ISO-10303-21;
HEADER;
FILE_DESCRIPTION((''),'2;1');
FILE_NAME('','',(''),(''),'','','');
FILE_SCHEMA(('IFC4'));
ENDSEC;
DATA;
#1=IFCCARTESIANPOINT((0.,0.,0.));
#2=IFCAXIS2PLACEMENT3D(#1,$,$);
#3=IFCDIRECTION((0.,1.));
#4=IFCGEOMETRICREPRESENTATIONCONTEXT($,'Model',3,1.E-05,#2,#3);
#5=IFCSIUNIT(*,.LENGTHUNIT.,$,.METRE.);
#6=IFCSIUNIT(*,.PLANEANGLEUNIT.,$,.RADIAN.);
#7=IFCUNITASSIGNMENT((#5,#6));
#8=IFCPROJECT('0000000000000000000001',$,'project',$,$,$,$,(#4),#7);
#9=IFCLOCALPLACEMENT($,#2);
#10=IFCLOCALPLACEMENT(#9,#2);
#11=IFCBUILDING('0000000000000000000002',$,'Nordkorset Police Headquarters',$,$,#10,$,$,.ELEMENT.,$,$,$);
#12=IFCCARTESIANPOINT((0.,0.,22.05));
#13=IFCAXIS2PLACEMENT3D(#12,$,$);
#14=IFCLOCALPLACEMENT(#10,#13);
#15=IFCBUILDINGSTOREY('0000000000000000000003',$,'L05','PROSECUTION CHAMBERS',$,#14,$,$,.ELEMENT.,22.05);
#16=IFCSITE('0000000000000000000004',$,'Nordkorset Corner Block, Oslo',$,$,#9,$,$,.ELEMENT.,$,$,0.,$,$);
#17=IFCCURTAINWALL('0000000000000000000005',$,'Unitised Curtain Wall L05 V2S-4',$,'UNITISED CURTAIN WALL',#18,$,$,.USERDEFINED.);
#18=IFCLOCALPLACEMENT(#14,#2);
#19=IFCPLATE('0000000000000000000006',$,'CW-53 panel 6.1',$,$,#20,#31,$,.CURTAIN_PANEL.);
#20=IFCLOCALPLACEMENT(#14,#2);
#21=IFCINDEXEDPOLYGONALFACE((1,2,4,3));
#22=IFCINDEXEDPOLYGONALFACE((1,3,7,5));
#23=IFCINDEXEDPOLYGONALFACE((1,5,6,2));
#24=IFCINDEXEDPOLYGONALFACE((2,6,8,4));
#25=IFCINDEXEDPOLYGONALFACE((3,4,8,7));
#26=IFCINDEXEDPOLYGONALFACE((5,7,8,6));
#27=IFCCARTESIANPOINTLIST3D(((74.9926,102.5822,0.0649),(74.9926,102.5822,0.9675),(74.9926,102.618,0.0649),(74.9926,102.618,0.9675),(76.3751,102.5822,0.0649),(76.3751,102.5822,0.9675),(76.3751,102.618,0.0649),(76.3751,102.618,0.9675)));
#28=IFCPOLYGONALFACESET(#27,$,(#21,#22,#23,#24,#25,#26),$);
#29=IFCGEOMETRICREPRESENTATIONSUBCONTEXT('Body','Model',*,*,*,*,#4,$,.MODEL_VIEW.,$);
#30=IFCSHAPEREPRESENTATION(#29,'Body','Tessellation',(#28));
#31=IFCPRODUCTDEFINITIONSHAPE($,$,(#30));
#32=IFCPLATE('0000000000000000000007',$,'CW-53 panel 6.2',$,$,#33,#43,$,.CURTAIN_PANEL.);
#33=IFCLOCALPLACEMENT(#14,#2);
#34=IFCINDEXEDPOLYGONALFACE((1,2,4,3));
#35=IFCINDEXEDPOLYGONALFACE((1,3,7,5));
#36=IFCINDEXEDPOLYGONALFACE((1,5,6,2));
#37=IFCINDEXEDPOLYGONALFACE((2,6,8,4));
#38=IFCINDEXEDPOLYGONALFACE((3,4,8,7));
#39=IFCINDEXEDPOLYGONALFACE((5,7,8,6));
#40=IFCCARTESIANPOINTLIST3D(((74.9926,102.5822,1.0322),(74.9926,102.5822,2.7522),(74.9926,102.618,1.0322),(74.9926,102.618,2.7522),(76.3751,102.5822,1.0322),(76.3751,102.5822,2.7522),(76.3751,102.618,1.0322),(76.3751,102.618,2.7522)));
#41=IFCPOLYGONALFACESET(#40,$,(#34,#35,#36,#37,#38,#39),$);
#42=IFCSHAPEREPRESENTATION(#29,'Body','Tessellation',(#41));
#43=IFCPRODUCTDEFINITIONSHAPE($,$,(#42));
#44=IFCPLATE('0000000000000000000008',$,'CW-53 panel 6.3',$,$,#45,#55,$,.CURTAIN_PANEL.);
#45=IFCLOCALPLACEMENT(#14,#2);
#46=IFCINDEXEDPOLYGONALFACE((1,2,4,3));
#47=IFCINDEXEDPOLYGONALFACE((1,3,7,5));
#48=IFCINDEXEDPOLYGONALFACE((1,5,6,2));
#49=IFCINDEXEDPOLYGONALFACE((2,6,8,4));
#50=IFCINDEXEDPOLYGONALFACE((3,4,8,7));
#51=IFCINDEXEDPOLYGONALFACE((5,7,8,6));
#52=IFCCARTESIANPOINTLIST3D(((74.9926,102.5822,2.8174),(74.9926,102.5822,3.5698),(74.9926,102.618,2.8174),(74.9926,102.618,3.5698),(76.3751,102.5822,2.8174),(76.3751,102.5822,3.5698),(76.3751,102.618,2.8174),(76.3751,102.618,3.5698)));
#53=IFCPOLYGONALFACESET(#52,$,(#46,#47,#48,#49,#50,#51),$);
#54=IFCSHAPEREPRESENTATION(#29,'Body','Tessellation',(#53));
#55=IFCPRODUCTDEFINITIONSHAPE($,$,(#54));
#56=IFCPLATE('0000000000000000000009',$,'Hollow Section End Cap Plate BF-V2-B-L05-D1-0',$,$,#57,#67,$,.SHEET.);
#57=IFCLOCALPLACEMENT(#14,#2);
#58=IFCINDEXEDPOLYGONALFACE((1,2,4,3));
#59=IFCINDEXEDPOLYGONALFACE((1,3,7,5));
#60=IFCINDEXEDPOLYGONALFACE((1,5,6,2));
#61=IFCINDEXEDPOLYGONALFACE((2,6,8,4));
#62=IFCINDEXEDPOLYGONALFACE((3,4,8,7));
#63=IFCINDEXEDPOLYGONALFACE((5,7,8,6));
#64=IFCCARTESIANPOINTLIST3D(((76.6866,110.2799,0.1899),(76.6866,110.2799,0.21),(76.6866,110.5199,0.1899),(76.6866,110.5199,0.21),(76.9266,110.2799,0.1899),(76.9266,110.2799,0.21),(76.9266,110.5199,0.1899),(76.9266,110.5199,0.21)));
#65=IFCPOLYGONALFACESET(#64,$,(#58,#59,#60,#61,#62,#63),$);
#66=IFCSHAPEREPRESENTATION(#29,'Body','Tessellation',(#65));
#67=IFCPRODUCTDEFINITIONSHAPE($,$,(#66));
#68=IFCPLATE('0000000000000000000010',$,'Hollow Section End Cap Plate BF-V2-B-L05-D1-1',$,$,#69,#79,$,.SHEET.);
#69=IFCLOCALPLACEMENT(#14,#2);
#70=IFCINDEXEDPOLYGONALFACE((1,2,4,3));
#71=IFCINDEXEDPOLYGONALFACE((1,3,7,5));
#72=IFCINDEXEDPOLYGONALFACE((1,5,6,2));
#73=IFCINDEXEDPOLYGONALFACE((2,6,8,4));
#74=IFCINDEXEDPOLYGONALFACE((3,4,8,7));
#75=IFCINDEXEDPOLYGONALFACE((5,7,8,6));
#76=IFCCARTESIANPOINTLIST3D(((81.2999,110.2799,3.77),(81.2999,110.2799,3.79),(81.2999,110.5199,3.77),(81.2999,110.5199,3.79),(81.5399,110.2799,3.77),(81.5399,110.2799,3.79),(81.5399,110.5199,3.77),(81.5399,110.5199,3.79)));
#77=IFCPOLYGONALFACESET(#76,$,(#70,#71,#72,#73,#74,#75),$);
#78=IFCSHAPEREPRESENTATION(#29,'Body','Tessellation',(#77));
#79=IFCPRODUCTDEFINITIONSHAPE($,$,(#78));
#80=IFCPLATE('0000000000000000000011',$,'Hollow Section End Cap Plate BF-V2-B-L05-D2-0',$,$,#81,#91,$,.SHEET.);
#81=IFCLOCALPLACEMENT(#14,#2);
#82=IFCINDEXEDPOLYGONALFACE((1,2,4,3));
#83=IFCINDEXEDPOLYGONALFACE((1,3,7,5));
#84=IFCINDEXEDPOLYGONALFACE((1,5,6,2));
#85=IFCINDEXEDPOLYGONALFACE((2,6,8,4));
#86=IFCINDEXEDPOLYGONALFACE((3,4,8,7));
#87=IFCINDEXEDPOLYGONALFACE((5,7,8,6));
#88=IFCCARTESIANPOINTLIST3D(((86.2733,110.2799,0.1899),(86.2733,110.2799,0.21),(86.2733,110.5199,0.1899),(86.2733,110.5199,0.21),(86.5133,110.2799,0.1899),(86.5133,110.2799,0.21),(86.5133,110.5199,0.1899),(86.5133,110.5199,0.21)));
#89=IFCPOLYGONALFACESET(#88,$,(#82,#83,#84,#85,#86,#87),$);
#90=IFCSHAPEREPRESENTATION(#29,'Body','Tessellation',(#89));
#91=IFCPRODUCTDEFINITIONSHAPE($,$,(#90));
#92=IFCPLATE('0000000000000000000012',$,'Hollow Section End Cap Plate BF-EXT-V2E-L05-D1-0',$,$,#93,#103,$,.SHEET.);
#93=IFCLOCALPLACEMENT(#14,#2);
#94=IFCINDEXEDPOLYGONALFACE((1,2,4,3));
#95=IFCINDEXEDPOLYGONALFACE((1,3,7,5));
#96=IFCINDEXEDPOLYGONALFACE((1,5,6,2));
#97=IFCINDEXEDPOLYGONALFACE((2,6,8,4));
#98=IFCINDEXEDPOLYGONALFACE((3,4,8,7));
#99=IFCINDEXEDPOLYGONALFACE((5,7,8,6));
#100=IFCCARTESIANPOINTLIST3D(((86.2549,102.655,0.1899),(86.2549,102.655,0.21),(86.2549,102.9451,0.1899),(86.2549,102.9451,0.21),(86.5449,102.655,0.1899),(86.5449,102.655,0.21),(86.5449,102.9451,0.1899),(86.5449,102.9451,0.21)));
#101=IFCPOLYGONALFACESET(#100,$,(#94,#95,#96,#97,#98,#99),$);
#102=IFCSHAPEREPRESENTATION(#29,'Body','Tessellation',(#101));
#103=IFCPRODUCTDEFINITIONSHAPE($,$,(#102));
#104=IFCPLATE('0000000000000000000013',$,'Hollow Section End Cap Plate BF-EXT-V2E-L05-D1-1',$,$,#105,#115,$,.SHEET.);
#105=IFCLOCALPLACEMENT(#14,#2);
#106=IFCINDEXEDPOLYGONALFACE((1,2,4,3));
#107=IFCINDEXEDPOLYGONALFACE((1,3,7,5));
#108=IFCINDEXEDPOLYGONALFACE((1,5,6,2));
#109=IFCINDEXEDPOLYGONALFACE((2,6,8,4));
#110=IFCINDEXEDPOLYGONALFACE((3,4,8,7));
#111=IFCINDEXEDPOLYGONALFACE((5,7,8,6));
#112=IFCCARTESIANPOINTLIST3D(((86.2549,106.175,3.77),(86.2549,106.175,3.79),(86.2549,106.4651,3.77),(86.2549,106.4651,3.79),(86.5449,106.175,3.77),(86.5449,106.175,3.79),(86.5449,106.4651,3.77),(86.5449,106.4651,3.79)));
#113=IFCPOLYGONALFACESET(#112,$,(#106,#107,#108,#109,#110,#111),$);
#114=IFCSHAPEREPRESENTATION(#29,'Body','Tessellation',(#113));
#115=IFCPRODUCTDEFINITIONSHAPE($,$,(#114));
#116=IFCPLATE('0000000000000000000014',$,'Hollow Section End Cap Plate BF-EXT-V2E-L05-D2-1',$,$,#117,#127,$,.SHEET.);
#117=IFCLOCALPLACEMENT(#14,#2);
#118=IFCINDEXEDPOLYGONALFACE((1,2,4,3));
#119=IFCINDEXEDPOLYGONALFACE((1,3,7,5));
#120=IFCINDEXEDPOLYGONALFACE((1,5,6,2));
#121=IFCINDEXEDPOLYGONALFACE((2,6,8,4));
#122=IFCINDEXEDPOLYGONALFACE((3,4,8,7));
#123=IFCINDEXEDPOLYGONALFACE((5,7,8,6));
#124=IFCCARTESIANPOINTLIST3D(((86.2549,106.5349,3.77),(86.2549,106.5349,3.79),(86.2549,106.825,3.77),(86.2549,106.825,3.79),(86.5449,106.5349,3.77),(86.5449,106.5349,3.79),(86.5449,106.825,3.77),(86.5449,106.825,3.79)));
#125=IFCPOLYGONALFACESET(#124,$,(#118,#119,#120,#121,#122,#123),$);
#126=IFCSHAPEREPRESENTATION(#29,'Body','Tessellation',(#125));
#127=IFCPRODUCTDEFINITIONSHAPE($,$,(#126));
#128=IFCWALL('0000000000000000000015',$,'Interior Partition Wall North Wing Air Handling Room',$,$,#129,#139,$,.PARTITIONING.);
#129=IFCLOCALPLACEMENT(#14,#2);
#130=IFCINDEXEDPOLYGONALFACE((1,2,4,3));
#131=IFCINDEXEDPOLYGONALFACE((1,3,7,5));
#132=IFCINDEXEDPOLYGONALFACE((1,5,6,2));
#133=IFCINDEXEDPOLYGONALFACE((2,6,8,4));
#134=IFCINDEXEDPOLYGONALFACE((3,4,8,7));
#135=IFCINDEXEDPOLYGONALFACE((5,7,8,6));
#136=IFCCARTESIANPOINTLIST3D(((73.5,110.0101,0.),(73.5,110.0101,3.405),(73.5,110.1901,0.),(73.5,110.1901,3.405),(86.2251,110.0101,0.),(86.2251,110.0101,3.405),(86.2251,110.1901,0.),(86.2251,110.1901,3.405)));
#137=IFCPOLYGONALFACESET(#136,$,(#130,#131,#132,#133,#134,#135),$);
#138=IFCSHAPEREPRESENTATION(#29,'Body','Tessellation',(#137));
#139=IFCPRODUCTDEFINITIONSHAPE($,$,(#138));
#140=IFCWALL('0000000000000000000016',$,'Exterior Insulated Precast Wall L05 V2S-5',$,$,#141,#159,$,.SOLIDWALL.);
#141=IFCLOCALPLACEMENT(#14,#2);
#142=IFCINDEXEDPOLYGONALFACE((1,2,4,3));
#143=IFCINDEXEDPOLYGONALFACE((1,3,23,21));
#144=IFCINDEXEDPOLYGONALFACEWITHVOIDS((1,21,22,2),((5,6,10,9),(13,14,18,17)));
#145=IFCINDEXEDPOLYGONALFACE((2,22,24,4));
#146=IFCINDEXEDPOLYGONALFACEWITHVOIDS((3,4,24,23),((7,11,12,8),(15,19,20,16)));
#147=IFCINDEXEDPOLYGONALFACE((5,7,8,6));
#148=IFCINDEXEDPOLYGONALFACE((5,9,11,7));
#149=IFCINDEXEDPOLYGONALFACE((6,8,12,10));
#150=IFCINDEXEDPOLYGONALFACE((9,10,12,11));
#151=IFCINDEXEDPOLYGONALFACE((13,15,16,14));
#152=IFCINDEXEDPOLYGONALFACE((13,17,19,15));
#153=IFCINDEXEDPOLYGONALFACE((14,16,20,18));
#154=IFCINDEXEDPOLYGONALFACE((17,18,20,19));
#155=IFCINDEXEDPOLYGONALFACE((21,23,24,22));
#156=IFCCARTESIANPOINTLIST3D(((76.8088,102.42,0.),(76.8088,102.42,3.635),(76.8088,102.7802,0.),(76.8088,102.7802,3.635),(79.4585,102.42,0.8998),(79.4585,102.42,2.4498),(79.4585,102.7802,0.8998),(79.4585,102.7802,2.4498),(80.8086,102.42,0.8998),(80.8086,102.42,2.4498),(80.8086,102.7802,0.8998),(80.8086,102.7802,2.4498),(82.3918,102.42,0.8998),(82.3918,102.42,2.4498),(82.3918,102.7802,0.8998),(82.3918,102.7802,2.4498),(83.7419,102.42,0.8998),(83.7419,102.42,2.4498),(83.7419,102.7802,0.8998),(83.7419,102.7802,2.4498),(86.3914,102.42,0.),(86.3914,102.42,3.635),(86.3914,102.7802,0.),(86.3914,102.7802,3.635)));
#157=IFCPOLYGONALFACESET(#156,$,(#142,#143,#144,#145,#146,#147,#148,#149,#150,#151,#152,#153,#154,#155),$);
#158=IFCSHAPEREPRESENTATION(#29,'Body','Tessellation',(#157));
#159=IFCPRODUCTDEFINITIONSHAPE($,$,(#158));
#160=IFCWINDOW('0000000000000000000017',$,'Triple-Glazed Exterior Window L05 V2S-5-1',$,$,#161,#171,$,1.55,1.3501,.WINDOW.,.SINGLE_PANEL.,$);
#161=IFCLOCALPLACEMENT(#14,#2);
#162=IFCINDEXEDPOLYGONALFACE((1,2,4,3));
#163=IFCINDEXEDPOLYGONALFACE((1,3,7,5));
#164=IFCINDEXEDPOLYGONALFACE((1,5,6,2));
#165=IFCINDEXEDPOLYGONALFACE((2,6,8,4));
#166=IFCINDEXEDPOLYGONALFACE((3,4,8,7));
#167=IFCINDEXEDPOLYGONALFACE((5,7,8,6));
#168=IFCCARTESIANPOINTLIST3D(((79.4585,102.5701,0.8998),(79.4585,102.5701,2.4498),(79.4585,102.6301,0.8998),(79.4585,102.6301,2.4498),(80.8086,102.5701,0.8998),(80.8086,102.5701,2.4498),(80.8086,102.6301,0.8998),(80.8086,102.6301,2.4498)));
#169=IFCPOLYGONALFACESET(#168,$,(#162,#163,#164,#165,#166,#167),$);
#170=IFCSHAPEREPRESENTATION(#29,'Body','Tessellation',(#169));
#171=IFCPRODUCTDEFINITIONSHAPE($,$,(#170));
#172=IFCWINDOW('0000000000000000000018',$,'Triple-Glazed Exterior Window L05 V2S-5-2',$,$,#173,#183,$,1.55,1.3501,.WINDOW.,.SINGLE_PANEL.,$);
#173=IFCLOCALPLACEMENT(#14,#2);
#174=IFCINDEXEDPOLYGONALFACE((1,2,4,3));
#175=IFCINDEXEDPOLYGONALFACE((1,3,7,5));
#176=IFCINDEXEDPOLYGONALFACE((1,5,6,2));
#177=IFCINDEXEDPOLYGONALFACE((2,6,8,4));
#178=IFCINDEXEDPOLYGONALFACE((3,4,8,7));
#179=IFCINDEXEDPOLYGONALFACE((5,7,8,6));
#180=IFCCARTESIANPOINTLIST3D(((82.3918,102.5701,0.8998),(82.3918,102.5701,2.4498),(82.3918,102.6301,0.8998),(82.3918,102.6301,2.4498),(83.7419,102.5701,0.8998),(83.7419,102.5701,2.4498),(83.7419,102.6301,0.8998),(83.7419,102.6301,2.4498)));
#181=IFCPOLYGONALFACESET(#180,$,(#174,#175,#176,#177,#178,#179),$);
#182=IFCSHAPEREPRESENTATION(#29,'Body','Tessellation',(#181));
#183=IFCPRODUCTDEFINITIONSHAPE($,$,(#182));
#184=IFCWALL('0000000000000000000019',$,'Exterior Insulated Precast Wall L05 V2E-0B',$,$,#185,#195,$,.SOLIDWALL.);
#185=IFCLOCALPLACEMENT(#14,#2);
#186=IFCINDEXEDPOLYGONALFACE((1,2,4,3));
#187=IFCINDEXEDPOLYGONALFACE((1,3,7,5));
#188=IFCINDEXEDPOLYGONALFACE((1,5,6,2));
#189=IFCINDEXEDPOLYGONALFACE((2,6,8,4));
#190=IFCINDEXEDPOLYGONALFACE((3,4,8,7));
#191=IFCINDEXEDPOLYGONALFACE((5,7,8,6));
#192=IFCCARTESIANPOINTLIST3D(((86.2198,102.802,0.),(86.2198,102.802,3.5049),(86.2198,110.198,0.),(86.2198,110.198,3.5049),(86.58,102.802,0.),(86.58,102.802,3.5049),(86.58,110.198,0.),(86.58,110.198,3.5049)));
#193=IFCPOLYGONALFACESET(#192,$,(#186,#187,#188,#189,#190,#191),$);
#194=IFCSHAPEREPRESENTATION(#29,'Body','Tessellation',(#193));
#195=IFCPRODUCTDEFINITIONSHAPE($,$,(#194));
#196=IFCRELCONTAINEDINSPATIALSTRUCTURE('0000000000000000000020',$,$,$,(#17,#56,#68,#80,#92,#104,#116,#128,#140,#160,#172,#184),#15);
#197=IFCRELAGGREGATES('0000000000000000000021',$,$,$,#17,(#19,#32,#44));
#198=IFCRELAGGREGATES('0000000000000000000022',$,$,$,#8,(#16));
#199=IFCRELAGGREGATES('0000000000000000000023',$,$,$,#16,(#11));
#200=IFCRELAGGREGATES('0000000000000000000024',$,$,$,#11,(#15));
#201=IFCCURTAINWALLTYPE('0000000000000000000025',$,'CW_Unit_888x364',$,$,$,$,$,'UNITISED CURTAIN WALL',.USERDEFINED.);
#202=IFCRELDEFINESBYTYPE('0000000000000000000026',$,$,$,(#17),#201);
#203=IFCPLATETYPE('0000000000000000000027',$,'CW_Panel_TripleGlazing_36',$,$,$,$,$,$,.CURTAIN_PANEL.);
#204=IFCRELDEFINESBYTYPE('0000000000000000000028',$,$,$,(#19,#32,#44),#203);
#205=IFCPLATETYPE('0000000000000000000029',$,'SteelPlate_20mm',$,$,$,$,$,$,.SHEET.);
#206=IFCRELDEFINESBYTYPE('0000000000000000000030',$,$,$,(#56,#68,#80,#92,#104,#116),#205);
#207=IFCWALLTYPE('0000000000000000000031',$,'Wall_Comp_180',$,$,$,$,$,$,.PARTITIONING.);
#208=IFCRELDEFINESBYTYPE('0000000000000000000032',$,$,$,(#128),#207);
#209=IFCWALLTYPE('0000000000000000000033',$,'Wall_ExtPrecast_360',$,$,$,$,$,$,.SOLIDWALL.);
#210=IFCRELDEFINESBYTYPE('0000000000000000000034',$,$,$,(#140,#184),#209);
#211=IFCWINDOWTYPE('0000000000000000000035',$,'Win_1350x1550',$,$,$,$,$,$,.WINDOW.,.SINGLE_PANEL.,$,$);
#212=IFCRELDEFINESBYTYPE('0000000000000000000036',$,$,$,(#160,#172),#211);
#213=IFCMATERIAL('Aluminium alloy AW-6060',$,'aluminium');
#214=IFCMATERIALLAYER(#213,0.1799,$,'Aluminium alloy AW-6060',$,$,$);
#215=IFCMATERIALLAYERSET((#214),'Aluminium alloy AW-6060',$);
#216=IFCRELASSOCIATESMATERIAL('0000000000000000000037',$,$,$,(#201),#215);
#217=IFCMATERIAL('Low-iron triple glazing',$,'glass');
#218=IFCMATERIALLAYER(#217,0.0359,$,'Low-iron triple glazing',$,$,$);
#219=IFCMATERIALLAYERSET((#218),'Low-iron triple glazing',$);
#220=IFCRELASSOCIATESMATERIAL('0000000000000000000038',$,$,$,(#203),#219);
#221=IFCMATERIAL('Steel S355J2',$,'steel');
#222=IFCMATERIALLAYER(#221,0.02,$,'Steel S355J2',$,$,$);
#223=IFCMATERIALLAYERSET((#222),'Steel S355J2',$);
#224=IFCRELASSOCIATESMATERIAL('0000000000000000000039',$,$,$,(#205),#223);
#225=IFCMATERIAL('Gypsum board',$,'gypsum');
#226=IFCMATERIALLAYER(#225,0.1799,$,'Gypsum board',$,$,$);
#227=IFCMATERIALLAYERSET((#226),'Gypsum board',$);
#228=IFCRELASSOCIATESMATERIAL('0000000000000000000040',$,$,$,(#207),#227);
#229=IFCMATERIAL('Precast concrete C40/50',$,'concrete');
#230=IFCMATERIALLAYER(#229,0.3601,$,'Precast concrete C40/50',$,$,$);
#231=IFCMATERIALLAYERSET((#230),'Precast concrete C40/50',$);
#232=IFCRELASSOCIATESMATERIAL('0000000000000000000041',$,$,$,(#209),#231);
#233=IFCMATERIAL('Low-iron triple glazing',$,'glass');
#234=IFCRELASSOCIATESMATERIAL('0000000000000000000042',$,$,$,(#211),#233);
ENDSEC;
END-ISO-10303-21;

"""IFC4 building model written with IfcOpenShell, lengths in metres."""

from ifc_helpers import new_model, si_unit, direction, frame, frame_2d, origin, origin_2d, place, context, subcontext, project, spatial, rectangle, extrude, material, layer, layer_set, type_object, element, fill, aggregate, save


model = new_model("IFC4")

# Units and contexts
model_context = context("Model", 3, precision=1e-05, world=origin(), true_north=direction((0.0, 1.0)))
body_context = subcontext(model_context, "Body", "Model", "MODEL_VIEW")
ifc_project = project(units=[si_unit("LENGTHUNIT", "METRE"), si_unit("PLANEANGLEUNIT", "RADIAN")], contexts=[model_context])

# Site, building, storey
site_placement = place(None, origin())
site = spatial("IfcSite", under=ifc_project, at=site_placement, Name="Nordkorset Corner Block, Oslo", CompositionType="ELEMENT", RefElevation=0.0)
building_placement = place(site_placement, origin())
building = spatial("IfcBuilding", under=site, at=building_placement, Name="Nordkorset Police Headquarters", CompositionType="ELEMENT")
storey_placement = place(building_placement, frame((0.0, 0.0, 22.05)))
storey = spatial("IfcBuildingStorey", under=building, at=storey_placement, Name="L05", Description="PROSECUTION CHAMBERS", CompositionType="ELEMENT", Elevation=22.05)

# Curtain wall
ifc_material_1 = material(Name="Aluminium alloy AW-6060", Category="aluminium")
ifc_layer_1 = layer(ifc_material_1, 0.1799, Name="Aluminium alloy AW-6060")
ifc_layer_set_1 = layer_set([ifc_layer_1], Name="Aluminium alloy AW-6060")
curtain_wall_type = type_object("IfcCurtainWallType", Name="CW_Unit_888x364", ElementType="UNITISED CURTAIN WALL", PredefinedType="USERDEFINED", material=ifc_layer_set_1)
curtain_wall_placement = place(storey_placement, origin())
curtain_wall = element("IfcCurtainWall", 1, at=curtain_wall_placement, inside=storey, type_object=curtain_wall_type, Name="Unitised Curtain Wall L05 V2S-4", ObjectType="UNITISED CURTAIN WALL", PredefinedType="USERDEFINED")

# Plates
ifc_material_2 = material(Name="Low-iron triple glazing", Category="glass")
ifc_layer_2 = layer(ifc_material_2, 0.0359, Name="Low-iron triple glazing")
ifc_layer_set_2 = layer_set([ifc_layer_2], Name="Low-iron triple glazing")
plate_type_1 = type_object("IfcPlateType", Name="CW_Panel_TripleGlazing_36", PredefinedType="CURTAIN_PANEL", material=ifc_layer_set_2)
plate_1_placement = place(storey_placement, frame((75.6838, 102.6001, 0.0649), z_axis=(0.0, 0.0, 1.0), x_axis=(1.0, 0.0, 0.0)))
plate_1 = element("IfcPlate", 2, at=plate_1_placement, type_object=plate_type_1, Name="CW-53 panel 6.1", PredefinedType="CURTAIN_PANEL", context=body_context, shape_type="SweptSolid", body=[
    extrude(rectangle(XDim=1.3826, YDim=0.0359, at=origin_2d()), origin(), (0.0, 0.0, 1.0), 0.9026),
])
plate_2_placement = place(storey_placement, frame((75.6838, 102.6001, 1.0322), z_axis=(0.0, 0.0, 1.0), x_axis=(1.0, 0.0, 0.0)))
plate_2 = element("IfcPlate", 3, at=plate_2_placement, type_object=plate_type_1, Name="CW-53 panel 6.2", PredefinedType="CURTAIN_PANEL", context=body_context, shape_type="SweptSolid", body=[
    extrude(rectangle(XDim=1.3826, YDim=0.0359, at=origin_2d()), origin(), (0.0, 0.0, 1.0), 1.72),
])
plate_3_placement = place(storey_placement, frame((75.6838, 102.6001, 2.8174), z_axis=(0.0, 0.0, 1.0), x_axis=(1.0, 0.0, 0.0)))
plate_3 = element("IfcPlate", 4, at=plate_3_placement, type_object=plate_type_1, Name="CW-53 panel 6.3", PredefinedType="CURTAIN_PANEL", context=body_context, shape_type="SweptSolid", body=[
    extrude(rectangle(XDim=1.3826, YDim=0.0359, at=origin_2d()), origin(), (0.0, 0.0, 1.0), 0.7524),
])
aggregate(curtain_wall, [plate_1, plate_2, plate_3])

# Plates
ifc_material_3 = material(Name="Steel S355J2", Category="steel")
ifc_layer_3 = layer(ifc_material_3, 0.02, Name="Steel S355J2")
ifc_layer_set_3 = layer_set([ifc_layer_3], Name="Steel S355J2")
plate_type_2 = type_object("IfcPlateType", Name="SteelPlate_20mm", PredefinedType="SHEET", material=ifc_layer_set_3)
for number, where, z_axis, x_axis, name in (
    (5, (76.8066, 110.3999, 0.1899), (0.0, 0.0, 1.0), (1.0, 0.0, 0.0), "Hollow Section End Cap Plate BF-V2-B-L05-D1-0"),
    (6, (81.4199, 110.3999, 3.77), (0.0, 0.0, 1.0), (1.0, 0.0, 0.0), "Hollow Section End Cap Plate BF-V2-B-L05-D1-1"),
    (7, (86.3933, 110.3999, 0.1899), (0.0, 0.0, 1.0), (1.0, 0.0, 0.0), "Hollow Section End Cap Plate BF-V2-B-L05-D2-0"),
):
    element("IfcPlate", number, at=place(storey_placement, frame(where, z_axis=z_axis, x_axis=x_axis)), inside=storey, type_object=plate_type_2, Name=name, PredefinedType="SHEET", context=body_context, shape_type="SweptSolid", body=[
        extrude(rectangle(XDim=0.24, YDim=0.24, at=origin_2d()), origin(), (0.0, 0.0, 1.0), 0.02),
    ])
for number, where, z_axis, x_axis, name in (
    (8, (86.3999, 102.8, 0.1899), (0.0, 0.0, 1.0), (1.0, 0.0, 0.0), "Hollow Section End Cap Plate BF-EXT-V2E-L05-D1-0"),
    (9, (86.3999, 106.3201, 3.77), (0.0, 0.0, 1.0), (1.0, 0.0, 0.0), "Hollow Section End Cap Plate BF-EXT-V2E-L05-D1-1"),
    (10, (86.3999, 106.6799, 3.77), (0.0, 0.0, 1.0), (1.0, 0.0, 0.0), "Hollow Section End Cap Plate BF-EXT-V2E-L05-D2-1"),
):
    element("IfcPlate", number, at=place(storey_placement, frame(where, z_axis=z_axis, x_axis=x_axis)), inside=storey, type_object=plate_type_2, Name=name, PredefinedType="SHEET", context=body_context, shape_type="SweptSolid", body=[
        extrude(rectangle(XDim=0.29, YDim=0.29, at=origin_2d()), origin(), (0.0, 0.0, 1.0), 0.02),
    ])

# Wall
ifc_material_4 = material(Name="Gypsum board", Category="gypsum")
ifc_layer_4 = layer(ifc_material_4, 0.1799, Name="Gypsum board")
ifc_layer_set_4 = layer_set([ifc_layer_4], Name="Gypsum board")
wall_type_1 = type_object("IfcWallType", Name="Wall_Comp_180", PredefinedType="PARTITIONING", material=ifc_layer_set_4)
wall_1_placement = place(storey_placement, frame((86.2251, 110.1001, 0.0), z_axis=(0.0, 0.0, 1.0), x_axis=(-1.0, 0.0, 0.0)))
element("IfcWall", 11, at=wall_1_placement, inside=storey, type_object=wall_type_1, Name="Interior Partition Wall North Wing Air Handling Room", PredefinedType="PARTITIONING", context=body_context, shape_type="SweptSolid", body=[
    extrude(rectangle(XDim=12.7251, YDim=0.1799, at=frame_2d((6.3625, 0.0))), origin(), (0.0, 0.0, 1.0), 3.405),
])

# Wall, openings, windows
ifc_material_5 = material(Name="Precast concrete C40/50", Category="concrete")
ifc_layer_5 = layer(ifc_material_5, 0.3601, Name="Precast concrete C40/50")
ifc_layer_set_5 = layer_set([ifc_layer_5], Name="Precast concrete C40/50")
wall_type_2 = type_object("IfcWallType", Name="Wall_ExtPrecast_360", PredefinedType="SOLIDWALL", material=ifc_layer_set_5)
wall_2_placement = place(storey_placement, frame((76.8088, 102.6001, 0.0), z_axis=(0.0, 0.0, 1.0), x_axis=(1.0, 0.0, 0.0)))
wall_2 = element("IfcWall", 12, at=wall_2_placement, inside=storey, type_object=wall_type_2, Name="Exterior Insulated Precast Wall L05 V2S-5", PredefinedType="SOLIDWALL", context=body_context, shape_type="SweptSolid", body=[
    extrude(rectangle(XDim=9.5825, YDim=0.3601, at=frame_2d((4.7913, 0.0))), origin(), (0.0, 0.0, 1.0), 3.635),
])
opening_1_placement = place(wall_2_placement, frame((2.6497, 0.0, 0.8999)))
opening_1 = element("IfcOpeningElement", 13, at=opening_1_placement, cuts=wall_2, PredefinedType="OPENING", context=body_context, shape_type="SweptSolid", body=[
    extrude(rectangle(XDim=1.3501, YDim=1.55, at=frame_2d((0.675, 0.7749))), frame((0.0, 0.1899, 0.0), z_axis=(0.0, -1.0, 0.0), x_axis=(1.0, 0.0, 0.0)), (0.0, 0.0, 1.0), 0.3801),
])
opening_2_placement = place(wall_2_placement, frame((5.583, 0.0, 0.8999)))
opening_2 = element("IfcOpeningElement", 14, at=opening_2_placement, cuts=wall_2, PredefinedType="OPENING", context=body_context, shape_type="SweptSolid", body=[
    extrude(rectangle(XDim=1.3501, YDim=1.55, at=frame_2d((0.675, 0.7749))), frame((0.0, 0.1899, 0.0), z_axis=(0.0, -1.0, 0.0), x_axis=(1.0, 0.0, 0.0)), (0.0, 0.0, 1.0), 0.3801),
])
ifc_material_6 = material(Name="Low-iron triple glazing", Category="glass")
window_type = type_object("IfcWindowType", Name="Win_1350x1550", PartitioningType="SINGLE_PANEL", PredefinedType="WINDOW", material=ifc_material_6)
window_1_placement = place(opening_1_placement, origin())
window_1 = element("IfcWindow", 15, at=window_1_placement, inside=storey, type_object=window_type, Name="Triple-Glazed Exterior Window L05 V2S-5-1", OverallHeight=1.55, OverallWidth=1.3501, PartitioningType="SINGLE_PANEL", PredefinedType="WINDOW", context=body_context, shape_type="SweptSolid", body=[
    extrude(rectangle(XDim=1.3501, YDim=1.55, at=frame_2d((0.675, 0.7749))), frame((0.0, 0.03, 0.0), z_axis=(0.0, -1.0, 0.0), x_axis=(1.0, 0.0, 0.0)), (0.0, 0.0, 1.0), 0.0601),
])
fill(opening_1, window_1)
window_2_placement = place(opening_2_placement, origin())
window_2 = element("IfcWindow", 16, at=window_2_placement, inside=storey, type_object=window_type, Name="Triple-Glazed Exterior Window L05 V2S-5-2", OverallHeight=1.55, OverallWidth=1.3501, PartitioningType="SINGLE_PANEL", PredefinedType="WINDOW", context=body_context, shape_type="SweptSolid", body=[
    extrude(rectangle(XDim=1.3501, YDim=1.55, at=frame_2d((0.675, 0.7749))), frame((0.0, 0.03, 0.0), z_axis=(0.0, -1.0, 0.0), x_axis=(1.0, 0.0, 0.0)), (0.0, 0.0, 1.0), 0.0601),
])
fill(opening_2, window_2)

# Wall
wall_3_placement = place(storey_placement, frame((86.3999, 102.802, 0.0), z_axis=(0.0, 0.0, 1.0), x_axis=(0.0, 1.0, 0.0)))
element("IfcWall", 17, at=wall_3_placement, inside=storey, type_object=wall_type_2, Name="Exterior Insulated Precast Wall L05 V2E-0B", PredefinedType="SOLIDWALL", context=body_context, shape_type="SweptSolid", body=[
    extrude(rectangle(XDim=7.396, YDim=0.3601, at=frame_2d((3.698, 0.0))), origin(), (0.0, 0.0, 1.0), 3.5049),
])

save(model, "model.ifc")
